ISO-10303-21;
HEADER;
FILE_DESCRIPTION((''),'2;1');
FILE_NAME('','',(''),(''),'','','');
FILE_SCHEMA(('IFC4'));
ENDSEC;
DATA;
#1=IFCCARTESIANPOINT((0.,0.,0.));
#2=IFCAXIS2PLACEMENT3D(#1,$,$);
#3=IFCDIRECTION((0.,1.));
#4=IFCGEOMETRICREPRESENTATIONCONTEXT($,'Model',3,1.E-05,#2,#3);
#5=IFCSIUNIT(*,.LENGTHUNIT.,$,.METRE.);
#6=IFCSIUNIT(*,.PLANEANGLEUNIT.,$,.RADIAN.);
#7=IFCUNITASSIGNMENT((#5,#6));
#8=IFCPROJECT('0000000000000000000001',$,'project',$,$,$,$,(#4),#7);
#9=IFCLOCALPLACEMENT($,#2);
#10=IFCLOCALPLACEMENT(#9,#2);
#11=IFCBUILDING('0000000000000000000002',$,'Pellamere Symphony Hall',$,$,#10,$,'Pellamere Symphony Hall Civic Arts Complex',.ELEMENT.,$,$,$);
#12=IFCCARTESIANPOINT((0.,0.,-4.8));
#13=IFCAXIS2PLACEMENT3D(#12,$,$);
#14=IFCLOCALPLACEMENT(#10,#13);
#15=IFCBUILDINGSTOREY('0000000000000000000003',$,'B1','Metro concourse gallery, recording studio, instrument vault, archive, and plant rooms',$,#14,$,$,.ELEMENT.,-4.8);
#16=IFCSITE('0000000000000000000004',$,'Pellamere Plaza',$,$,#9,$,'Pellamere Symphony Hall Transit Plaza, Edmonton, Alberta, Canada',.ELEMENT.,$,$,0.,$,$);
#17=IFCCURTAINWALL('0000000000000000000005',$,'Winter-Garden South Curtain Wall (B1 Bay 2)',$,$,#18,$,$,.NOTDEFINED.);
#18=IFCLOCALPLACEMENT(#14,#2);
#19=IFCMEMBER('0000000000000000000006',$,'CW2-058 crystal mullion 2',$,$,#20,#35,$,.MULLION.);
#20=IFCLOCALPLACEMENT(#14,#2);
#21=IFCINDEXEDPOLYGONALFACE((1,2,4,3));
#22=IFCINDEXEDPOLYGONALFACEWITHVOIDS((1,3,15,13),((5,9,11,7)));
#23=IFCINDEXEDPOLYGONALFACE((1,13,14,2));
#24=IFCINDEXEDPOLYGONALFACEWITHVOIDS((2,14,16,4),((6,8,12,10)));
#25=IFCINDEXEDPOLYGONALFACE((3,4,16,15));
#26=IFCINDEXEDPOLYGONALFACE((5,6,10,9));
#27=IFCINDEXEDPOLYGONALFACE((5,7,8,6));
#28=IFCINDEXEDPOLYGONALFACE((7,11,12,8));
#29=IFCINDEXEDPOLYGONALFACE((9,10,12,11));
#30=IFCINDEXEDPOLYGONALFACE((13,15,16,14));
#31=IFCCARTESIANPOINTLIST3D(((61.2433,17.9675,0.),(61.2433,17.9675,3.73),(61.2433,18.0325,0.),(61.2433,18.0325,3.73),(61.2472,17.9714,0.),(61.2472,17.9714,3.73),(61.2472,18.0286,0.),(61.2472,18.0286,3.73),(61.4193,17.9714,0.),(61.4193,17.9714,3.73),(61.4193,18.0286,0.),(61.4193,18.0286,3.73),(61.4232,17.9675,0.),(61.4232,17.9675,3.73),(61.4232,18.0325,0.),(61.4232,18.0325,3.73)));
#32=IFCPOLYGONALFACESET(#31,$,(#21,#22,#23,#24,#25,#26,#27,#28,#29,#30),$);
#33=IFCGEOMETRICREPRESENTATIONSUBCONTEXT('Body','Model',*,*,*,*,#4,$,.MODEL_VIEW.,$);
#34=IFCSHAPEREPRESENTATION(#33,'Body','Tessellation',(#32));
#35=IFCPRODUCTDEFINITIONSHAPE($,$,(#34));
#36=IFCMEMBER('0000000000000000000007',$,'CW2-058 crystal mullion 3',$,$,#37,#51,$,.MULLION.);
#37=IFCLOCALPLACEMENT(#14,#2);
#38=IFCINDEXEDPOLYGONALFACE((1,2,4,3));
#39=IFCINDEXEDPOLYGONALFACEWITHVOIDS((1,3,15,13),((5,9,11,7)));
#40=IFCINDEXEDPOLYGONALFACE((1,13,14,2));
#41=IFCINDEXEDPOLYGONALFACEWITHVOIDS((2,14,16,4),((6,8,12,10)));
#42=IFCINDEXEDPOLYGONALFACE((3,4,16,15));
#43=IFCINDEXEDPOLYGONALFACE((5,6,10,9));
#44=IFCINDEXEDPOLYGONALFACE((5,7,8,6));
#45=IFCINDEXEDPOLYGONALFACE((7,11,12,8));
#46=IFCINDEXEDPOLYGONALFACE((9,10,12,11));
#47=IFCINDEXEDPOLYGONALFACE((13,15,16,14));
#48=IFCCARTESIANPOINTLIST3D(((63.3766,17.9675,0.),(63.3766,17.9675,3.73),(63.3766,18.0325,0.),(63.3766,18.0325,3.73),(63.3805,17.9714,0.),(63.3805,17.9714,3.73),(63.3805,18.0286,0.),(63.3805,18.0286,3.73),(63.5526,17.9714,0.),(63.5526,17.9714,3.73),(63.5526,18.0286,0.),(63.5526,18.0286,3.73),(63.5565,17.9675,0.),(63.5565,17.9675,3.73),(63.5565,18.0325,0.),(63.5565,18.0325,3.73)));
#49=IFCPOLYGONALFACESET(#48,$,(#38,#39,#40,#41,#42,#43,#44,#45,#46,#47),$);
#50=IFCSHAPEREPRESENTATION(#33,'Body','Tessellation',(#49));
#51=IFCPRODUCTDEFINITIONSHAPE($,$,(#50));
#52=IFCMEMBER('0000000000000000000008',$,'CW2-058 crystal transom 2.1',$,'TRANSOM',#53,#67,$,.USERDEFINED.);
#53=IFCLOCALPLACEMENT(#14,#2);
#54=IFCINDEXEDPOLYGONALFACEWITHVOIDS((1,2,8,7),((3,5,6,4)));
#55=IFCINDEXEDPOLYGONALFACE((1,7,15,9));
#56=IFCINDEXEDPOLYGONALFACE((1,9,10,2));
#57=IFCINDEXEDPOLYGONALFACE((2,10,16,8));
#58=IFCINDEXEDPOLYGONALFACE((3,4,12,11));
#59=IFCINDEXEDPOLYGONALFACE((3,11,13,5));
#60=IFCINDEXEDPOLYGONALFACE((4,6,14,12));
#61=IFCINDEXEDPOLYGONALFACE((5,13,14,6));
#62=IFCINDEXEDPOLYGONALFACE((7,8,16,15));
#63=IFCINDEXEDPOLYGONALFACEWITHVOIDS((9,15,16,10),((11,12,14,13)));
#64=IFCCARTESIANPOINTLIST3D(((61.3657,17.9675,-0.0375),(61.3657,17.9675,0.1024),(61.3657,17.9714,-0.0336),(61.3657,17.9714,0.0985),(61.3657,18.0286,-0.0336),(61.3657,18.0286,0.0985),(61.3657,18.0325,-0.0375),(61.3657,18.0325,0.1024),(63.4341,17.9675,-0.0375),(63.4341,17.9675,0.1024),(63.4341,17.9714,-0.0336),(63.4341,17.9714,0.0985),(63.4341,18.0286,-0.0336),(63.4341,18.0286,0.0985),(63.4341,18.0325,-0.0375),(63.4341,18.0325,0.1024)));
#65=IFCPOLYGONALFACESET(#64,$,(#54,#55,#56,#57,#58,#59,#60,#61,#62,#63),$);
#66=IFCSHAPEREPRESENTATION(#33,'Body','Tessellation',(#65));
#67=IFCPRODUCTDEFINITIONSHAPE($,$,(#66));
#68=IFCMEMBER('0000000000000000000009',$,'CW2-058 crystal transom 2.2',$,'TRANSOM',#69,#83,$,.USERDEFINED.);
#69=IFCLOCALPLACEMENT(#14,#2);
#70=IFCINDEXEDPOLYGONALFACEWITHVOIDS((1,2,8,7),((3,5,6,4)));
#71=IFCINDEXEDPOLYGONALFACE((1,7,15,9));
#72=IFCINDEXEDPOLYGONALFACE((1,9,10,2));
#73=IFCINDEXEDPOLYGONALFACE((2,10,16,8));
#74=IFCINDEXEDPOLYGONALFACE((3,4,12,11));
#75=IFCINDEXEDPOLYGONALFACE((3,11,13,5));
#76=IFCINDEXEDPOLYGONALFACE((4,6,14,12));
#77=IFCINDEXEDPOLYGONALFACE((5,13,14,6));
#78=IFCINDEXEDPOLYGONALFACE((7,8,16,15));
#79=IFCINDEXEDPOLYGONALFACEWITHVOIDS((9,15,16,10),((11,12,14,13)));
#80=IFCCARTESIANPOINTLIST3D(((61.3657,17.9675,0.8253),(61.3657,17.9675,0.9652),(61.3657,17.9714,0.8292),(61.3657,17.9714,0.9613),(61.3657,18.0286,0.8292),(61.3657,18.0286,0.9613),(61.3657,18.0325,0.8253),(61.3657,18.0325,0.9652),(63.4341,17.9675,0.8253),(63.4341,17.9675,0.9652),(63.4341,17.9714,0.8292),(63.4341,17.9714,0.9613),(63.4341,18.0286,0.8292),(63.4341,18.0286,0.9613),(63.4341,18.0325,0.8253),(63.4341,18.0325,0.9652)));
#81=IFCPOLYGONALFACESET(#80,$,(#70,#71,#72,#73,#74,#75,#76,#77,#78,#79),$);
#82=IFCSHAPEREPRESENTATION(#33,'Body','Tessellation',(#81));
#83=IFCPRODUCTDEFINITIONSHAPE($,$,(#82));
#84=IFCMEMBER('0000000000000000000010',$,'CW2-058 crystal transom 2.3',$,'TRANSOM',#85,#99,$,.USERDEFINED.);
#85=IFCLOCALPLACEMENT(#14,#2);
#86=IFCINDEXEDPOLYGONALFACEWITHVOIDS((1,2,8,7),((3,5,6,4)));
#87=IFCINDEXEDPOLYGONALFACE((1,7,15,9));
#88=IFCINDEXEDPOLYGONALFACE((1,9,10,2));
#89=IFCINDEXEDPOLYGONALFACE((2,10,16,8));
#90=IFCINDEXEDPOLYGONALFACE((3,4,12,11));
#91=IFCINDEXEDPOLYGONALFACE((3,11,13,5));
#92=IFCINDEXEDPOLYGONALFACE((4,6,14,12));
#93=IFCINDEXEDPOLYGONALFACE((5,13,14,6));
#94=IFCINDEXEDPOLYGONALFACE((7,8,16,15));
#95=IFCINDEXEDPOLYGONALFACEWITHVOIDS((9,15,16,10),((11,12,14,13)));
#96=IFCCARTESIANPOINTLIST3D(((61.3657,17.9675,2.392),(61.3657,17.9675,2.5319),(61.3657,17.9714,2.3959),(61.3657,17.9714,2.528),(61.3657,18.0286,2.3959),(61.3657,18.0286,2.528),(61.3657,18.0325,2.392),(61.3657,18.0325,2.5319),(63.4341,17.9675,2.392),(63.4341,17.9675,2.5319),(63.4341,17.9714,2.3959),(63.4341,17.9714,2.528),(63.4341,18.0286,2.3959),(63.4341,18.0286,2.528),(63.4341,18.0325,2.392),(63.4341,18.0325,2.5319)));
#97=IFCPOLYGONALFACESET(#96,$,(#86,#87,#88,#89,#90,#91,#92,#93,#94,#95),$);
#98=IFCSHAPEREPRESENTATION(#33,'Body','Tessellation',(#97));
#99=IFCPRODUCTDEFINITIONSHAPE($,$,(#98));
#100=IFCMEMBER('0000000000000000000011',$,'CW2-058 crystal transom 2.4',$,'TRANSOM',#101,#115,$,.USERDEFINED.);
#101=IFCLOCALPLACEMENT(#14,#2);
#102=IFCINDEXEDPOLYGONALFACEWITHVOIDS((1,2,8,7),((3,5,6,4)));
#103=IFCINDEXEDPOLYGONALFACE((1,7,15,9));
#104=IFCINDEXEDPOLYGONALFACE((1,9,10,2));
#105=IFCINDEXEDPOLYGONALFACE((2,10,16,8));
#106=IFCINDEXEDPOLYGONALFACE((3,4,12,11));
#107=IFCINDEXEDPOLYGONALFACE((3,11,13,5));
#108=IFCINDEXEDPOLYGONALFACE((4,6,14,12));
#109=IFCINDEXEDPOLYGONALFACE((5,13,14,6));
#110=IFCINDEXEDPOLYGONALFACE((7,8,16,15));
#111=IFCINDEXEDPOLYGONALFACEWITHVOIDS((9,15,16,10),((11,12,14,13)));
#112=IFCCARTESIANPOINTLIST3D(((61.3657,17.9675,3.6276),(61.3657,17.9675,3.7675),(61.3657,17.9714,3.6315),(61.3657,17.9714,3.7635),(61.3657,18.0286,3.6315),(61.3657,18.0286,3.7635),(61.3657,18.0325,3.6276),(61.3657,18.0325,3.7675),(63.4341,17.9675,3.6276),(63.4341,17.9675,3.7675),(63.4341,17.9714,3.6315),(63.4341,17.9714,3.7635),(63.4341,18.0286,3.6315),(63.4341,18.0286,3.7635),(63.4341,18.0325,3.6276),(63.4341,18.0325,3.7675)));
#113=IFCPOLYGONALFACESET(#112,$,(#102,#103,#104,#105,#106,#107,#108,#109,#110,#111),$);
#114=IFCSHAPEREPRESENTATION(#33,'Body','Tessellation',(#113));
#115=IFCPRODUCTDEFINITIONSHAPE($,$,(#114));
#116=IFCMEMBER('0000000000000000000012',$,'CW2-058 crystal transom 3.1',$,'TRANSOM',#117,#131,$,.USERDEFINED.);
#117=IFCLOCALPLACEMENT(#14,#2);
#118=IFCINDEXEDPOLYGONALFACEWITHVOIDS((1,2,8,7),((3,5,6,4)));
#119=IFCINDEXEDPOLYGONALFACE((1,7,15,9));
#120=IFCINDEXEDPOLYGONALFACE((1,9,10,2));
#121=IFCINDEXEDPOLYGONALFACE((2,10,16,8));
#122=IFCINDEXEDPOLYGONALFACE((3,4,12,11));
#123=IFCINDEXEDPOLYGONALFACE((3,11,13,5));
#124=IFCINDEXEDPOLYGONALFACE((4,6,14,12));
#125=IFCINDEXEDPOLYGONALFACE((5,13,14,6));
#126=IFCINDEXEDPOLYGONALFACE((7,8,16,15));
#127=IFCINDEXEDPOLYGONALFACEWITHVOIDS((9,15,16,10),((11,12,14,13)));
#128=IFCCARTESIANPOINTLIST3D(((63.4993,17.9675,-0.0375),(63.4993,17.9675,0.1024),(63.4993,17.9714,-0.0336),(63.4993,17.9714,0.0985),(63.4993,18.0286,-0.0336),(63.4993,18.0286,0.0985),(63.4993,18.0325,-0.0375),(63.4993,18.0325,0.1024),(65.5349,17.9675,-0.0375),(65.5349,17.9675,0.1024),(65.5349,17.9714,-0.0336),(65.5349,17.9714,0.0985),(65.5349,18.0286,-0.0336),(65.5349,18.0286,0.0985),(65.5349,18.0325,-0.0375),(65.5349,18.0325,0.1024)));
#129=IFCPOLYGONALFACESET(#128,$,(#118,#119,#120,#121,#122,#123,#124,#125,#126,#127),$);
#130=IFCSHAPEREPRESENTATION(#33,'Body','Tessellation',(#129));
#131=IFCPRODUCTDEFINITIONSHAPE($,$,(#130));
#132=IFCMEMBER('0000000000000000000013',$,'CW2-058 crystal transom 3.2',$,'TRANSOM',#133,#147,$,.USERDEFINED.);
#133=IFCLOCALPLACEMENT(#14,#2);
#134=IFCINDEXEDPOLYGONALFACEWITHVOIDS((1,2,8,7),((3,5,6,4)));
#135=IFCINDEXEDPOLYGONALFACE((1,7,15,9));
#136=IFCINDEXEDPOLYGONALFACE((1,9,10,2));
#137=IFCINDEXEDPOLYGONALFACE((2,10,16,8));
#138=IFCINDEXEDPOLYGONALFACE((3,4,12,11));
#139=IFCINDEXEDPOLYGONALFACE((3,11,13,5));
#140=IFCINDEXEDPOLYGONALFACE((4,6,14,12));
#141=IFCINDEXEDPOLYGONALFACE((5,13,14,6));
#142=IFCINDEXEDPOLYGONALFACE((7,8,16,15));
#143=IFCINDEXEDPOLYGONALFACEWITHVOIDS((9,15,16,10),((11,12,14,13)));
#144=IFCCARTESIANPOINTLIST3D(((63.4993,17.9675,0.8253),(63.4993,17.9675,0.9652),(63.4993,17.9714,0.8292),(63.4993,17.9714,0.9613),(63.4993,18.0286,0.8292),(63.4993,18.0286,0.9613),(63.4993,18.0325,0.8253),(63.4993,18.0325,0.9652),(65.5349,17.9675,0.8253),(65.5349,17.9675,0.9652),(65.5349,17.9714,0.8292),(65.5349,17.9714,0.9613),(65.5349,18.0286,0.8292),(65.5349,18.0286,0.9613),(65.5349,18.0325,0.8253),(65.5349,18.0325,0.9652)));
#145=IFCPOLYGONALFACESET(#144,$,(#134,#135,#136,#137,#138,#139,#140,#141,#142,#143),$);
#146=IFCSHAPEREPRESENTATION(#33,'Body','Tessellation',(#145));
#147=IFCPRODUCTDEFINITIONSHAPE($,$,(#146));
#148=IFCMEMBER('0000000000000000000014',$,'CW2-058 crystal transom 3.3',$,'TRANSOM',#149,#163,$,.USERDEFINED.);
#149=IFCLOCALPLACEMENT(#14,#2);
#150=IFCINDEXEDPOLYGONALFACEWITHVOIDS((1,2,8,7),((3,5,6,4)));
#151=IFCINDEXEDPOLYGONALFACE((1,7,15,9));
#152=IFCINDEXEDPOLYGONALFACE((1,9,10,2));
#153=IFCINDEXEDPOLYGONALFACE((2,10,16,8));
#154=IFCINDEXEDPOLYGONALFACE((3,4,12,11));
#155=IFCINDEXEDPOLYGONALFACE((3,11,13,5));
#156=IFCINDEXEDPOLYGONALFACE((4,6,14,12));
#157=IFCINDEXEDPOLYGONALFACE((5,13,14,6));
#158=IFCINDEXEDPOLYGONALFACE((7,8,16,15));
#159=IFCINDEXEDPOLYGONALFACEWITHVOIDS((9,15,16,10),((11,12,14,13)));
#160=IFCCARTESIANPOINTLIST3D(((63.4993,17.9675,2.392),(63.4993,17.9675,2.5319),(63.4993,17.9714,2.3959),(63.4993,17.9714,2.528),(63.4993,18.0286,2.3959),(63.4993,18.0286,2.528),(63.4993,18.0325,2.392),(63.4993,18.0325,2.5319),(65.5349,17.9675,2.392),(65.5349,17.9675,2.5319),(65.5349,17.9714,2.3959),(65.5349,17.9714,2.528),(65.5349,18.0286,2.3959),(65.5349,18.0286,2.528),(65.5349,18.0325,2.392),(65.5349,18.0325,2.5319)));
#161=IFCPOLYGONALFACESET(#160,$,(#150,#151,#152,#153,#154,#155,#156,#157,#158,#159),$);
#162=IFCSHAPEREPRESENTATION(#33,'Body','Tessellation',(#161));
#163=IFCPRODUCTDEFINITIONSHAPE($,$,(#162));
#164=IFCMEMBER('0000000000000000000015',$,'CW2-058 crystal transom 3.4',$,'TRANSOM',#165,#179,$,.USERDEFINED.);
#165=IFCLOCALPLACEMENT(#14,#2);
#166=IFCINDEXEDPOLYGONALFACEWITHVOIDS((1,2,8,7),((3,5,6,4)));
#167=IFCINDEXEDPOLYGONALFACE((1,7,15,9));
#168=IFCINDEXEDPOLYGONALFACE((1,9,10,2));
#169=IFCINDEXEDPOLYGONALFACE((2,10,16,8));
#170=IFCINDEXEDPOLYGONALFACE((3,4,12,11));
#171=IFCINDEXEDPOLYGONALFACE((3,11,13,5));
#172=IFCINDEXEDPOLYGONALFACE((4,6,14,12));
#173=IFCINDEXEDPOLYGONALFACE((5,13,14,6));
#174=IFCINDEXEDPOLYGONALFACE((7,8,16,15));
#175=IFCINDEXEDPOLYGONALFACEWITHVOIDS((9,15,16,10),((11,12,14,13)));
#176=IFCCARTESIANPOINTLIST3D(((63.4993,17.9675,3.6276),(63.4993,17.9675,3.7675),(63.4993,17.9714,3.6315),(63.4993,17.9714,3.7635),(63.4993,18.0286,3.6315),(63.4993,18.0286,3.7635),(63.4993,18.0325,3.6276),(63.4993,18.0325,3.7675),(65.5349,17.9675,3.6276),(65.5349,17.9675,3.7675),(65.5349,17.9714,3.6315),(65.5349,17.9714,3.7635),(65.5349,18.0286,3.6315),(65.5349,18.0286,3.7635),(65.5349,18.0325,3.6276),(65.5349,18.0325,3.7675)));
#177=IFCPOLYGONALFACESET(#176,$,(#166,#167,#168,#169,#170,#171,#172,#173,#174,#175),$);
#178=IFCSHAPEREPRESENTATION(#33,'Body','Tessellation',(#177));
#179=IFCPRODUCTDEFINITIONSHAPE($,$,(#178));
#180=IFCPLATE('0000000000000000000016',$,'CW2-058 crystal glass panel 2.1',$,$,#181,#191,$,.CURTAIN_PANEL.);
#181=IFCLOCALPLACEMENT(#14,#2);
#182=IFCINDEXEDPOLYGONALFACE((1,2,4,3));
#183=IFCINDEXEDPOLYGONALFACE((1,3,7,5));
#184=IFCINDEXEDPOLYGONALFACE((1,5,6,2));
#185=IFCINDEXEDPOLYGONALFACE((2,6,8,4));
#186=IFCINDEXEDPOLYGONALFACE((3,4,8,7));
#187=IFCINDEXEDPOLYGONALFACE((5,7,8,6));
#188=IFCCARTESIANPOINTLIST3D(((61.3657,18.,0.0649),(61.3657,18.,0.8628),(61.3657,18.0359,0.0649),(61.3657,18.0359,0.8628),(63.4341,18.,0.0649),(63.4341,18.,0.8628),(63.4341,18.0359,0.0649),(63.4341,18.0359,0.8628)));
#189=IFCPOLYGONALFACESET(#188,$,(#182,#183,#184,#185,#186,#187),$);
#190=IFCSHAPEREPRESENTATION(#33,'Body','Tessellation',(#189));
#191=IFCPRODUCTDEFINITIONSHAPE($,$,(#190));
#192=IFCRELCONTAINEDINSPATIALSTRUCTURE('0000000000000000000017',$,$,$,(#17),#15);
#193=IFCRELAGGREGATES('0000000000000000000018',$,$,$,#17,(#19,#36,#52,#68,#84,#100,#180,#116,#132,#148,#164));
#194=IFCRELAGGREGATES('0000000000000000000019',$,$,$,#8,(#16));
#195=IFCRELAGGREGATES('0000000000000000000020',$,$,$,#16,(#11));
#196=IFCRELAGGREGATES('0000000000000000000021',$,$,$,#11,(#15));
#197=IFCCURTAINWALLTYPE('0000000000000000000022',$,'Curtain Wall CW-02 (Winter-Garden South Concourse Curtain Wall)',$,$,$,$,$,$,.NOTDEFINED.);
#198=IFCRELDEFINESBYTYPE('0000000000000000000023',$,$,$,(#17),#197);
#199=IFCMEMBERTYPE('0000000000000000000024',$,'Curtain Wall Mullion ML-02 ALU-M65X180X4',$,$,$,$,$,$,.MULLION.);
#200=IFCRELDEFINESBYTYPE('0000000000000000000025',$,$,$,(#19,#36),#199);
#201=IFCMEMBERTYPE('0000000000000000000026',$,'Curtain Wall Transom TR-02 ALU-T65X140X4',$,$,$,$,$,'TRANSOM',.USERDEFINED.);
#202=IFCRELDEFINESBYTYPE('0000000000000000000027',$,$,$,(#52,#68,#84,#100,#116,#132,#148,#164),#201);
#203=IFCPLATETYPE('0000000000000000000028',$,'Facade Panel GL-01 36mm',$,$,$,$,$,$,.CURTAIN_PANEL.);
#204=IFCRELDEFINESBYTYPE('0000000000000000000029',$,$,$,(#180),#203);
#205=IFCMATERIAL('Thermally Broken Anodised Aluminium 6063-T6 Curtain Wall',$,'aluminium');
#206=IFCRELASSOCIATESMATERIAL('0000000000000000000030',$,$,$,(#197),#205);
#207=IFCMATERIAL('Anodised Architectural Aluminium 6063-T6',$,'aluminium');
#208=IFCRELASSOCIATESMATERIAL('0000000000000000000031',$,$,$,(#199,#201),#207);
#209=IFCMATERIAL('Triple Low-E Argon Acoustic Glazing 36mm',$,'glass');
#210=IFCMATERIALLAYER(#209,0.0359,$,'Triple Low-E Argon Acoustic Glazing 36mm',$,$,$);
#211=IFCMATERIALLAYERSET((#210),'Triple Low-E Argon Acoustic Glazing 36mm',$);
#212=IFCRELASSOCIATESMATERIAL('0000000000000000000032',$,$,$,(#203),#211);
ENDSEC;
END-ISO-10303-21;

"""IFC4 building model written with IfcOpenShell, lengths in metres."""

from ifc_helpers import new_model, si_unit, direction, frame, origin, origin_2d, place, context, subcontext, project, spatial, polyline, hollow_rectangle, outline, extrude, material, layer, layer_set, material_profile, profile_set, type_object, element, aggregate, save


model = new_model("IFC4")

# Units and contexts
model_context = context("Model", 3, precision=1e-05, world=origin(), true_north=direction((0.0, 1.0)))
body_context = subcontext(model_context, "Body", "Model", "MODEL_VIEW")
ifc_project = project(units=[si_unit("LENGTHUNIT", "METRE"), si_unit("PLANEANGLEUNIT", "RADIAN")], contexts=[model_context])

# Site, building, storey
site_placement = place(None, origin())
site = spatial("IfcSite", under=ifc_project, at=site_placement, Name="Pellamere Plaza", LongName="Pellamere Symphony Hall Transit Plaza, Edmonton, Alberta, Canada", CompositionType="ELEMENT", RefElevation=0.0)
building_placement = place(site_placement, origin())
building = spatial("IfcBuilding", under=site, at=building_placement, Name="Pellamere Symphony Hall", LongName="Pellamere Symphony Hall Civic Arts Complex", CompositionType="ELEMENT")
storey_placement = place(building_placement, frame((0.0, 0.0, -4.8)))
storey = spatial("IfcBuildingStorey", under=building, at=storey_placement, Name="B1", Description="Metro concourse gallery, recording studio, instrument vault, archive, and plant rooms", CompositionType="ELEMENT", Elevation=-4.8)

# Curtain wall, members, plate
ifc_material_1 = material(Name="Thermally Broken Anodised Aluminium 6063-T6 Curtain Wall", Category="aluminium")
curtain_wall_type = type_object("IfcCurtainWallType", Name="Curtain Wall CW-02 (Winter-Garden South Concourse Curtain Wall)", PredefinedType="NOTDEFINED", material=ifc_material_1)
curtain_wall_placement = place(storey_placement, origin())
curtain_wall = element("IfcCurtainWall", 1, at=curtain_wall_placement, inside=storey, type_object=curtain_wall_type, Name="Winter-Garden South Curtain Wall (B1 Bay 2)", PredefinedType="NOTDEFINED")
ifc_material_2 = material(Name="Anodised Architectural Aluminium 6063-T6", Category="aluminium")
ifc_material_profile_1 = material_profile(ifc_material_2, hollow_rectangle(XDim=0.0649, YDim=0.1799, WallThickness=0.0039, at=origin_2d()), Name="ALU-M65X180X4")
ifc_profile_set_1 = profile_set([ifc_material_profile_1], Name="Anodised Architectural Aluminium 6063-T6")
member_type_1 = type_object("IfcMemberType", Name="Curtain Wall Mullion ML-02 ALU-M65X180X4", PredefinedType="MULLION", material=ifc_profile_set_1)
member_1_placement = place(storey_placement, frame((61.3333, 18.0, 0.0), z_axis=(0.0, 0.0, 1.0), x_axis=(0.0, 1.0, 0.0)))
member_1 = element("IfcMember", 2, at=member_1_placement, type_object=member_type_1, Name="CW2-058 crystal mullion 2", PredefinedType="MULLION", context=body_context, shape_type="SweptSolid", body=[
    extrude(hollow_rectangle(XDim=0.0649, YDim=0.1799, WallThickness=0.0039, at=origin_2d()), origin(), (0.0, 0.0, 1.0), 3.73),
])
member_2_placement = place(storey_placement, frame((63.4666, 18.0, 0.0), z_axis=(0.0, 0.0, 1.0), x_axis=(0.0, 1.0, 0.0)))
member_2 = element("IfcMember", 3, at=member_2_placement, type_object=member_type_1, Name="CW2-058 crystal mullion 3", PredefinedType="MULLION", context=body_context, shape_type="SweptSolid", body=[
    extrude(hollow_rectangle(XDim=0.0649, YDim=0.1799, WallThickness=0.0039, at=origin_2d()), origin(), (0.0, 0.0, 1.0), 3.73),
])
ifc_material_profile_2 = material_profile(ifc_material_2, hollow_rectangle(XDim=0.0649, YDim=0.1399, WallThickness=0.0039, at=origin_2d()), Name="ALU-T65X140X4")
ifc_profile_set_2 = profile_set([ifc_material_profile_2], Name="Anodised Architectural Aluminium 6063-T6")
member_type_2 = type_object("IfcMemberType", Name="Curtain Wall Transom TR-02 ALU-T65X140X4", ElementType="TRANSOM", PredefinedType="USERDEFINED", material=ifc_profile_set_2)
member_3_placement = place(storey_placement, frame((61.3657, 18.0, 0.0325), z_axis=(1.0, 0.0, 0.0), x_axis=(0.0, 1.0, 0.0)))
member_3 = element("IfcMember", 4, at=member_3_placement, type_object=member_type_2, Name="CW2-058 crystal transom 2.1", ObjectType="TRANSOM", PredefinedType="USERDEFINED", context=body_context, shape_type="SweptSolid", body=[
    extrude(hollow_rectangle(XDim=0.0649, YDim=0.1399, WallThickness=0.0039, at=origin_2d()), origin(), (0.0, 0.0, 1.0), 2.0684),
])
member_4_placement = place(storey_placement, frame((61.3657, 18.0, 0.8953), z_axis=(1.0, 0.0, 0.0), x_axis=(0.0, 1.0, 0.0)))
member_4 = element("IfcMember", 5, at=member_4_placement, type_object=member_type_2, Name="CW2-058 crystal transom 2.2", ObjectType="TRANSOM", PredefinedType="USERDEFINED", context=body_context, shape_type="SweptSolid", body=[
    extrude(hollow_rectangle(XDim=0.0649, YDim=0.1399, WallThickness=0.0039, at=origin_2d()), origin(), (0.0, 0.0, 1.0), 2.0684),
])
member_5_placement = place(storey_placement, frame((61.3657, 18.0, 2.4619), z_axis=(1.0, 0.0, 0.0), x_axis=(0.0, 1.0, 0.0)))
member_5 = element("IfcMember", 6, at=member_5_placement, type_object=member_type_2, Name="CW2-058 crystal transom 2.3", ObjectType="TRANSOM", PredefinedType="USERDEFINED", context=body_context, shape_type="SweptSolid", body=[
    extrude(hollow_rectangle(XDim=0.0649, YDim=0.1399, WallThickness=0.0039, at=origin_2d()), origin(), (0.0, 0.0, 1.0), 2.0684),
])
member_6_placement = place(storey_placement, frame((61.3657, 18.0, 3.6975), z_axis=(1.0, 0.0, 0.0), x_axis=(0.0, 1.0, 0.0)))
member_6 = element("IfcMember", 7, at=member_6_placement, type_object=member_type_2, Name="CW2-058 crystal transom 2.4", ObjectType="TRANSOM", PredefinedType="USERDEFINED", context=body_context, shape_type="SweptSolid", body=[
    extrude(hollow_rectangle(XDim=0.0649, YDim=0.1399, WallThickness=0.0039, at=origin_2d()), origin(), (0.0, 0.0, 1.0), 2.0684),
])
member_7_placement = place(storey_placement, frame((63.4993, 18.0, 0.0325), z_axis=(1.0, 0.0, 0.0), x_axis=(0.0, 1.0, 0.0)))
member_7 = element("IfcMember", 8, at=member_7_placement, type_object=member_type_2, Name="CW2-058 crystal transom 3.1", ObjectType="TRANSOM", PredefinedType="USERDEFINED", context=body_context, shape_type="SweptSolid", body=[
    extrude(hollow_rectangle(XDim=0.0649, YDim=0.1399, WallThickness=0.0039, at=origin_2d()), origin(), (0.0, 0.0, 1.0), 2.0356),
])
member_8_placement = place(storey_placement, frame((63.4993, 18.0, 0.8953), z_axis=(1.0, 0.0, 0.0), x_axis=(0.0, 1.0, 0.0)))
member_8 = element("IfcMember", 9, at=member_8_placement, type_object=member_type_2, Name="CW2-058 crystal transom 3.2", ObjectType="TRANSOM", PredefinedType="USERDEFINED", context=body_context, shape_type="SweptSolid", body=[
    extrude(hollow_rectangle(XDim=0.0649, YDim=0.1399, WallThickness=0.0039, at=origin_2d()), origin(), (0.0, 0.0, 1.0), 2.0356),
])
member_9_placement = place(storey_placement, frame((63.4993, 18.0, 2.4619), z_axis=(1.0, 0.0, 0.0), x_axis=(0.0, 1.0, 0.0)))
member_9 = element("IfcMember", 10, at=member_9_placement, type_object=member_type_2, Name="CW2-058 crystal transom 3.3", ObjectType="TRANSOM", PredefinedType="USERDEFINED", context=body_context, shape_type="SweptSolid", body=[
    extrude(hollow_rectangle(XDim=0.0649, YDim=0.1399, WallThickness=0.0039, at=origin_2d()), origin(), (0.0, 0.0, 1.0), 2.0356),
])
member_10_placement = place(storey_placement, frame((63.4993, 18.0, 3.6975), z_axis=(1.0, 0.0, 0.0), x_axis=(0.0, 1.0, 0.0)))
member_10 = element("IfcMember", 11, at=member_10_placement, type_object=member_type_2, Name="CW2-058 crystal transom 3.4", ObjectType="TRANSOM", PredefinedType="USERDEFINED", context=body_context, shape_type="SweptSolid", body=[
    extrude(hollow_rectangle(XDim=0.0649, YDim=0.1399, WallThickness=0.0039, at=origin_2d()), origin(), (0.0, 0.0, 1.0), 2.0356),
])
ifc_material_3 = material(Name="Triple Low-E Argon Acoustic Glazing 36mm", Category="glass")
ifc_layer_1 = layer(ifc_material_3, 0.0359, Name="Triple Low-E Argon Acoustic Glazing 36mm")
ifc_layer_set_1 = layer_set([ifc_layer_1], Name="Triple Low-E Argon Acoustic Glazing 36mm")
plate_type = type_object("IfcPlateType", Name="Facade Panel GL-01 36mm", PredefinedType="CURTAIN_PANEL", material=ifc_layer_set_1)
plate_1_placement = place(storey_placement, frame((61.3657, 18.0, 0.0649), z_axis=(0.0, -1.0, 0.0), x_axis=(1.0, 0.0, 0.0)))
plate_1 = element("IfcPlate", 12, at=plate_1_placement, type_object=plate_type, Name="CW2-058 crystal glass panel 2.1", PredefinedType="CURTAIN_PANEL", context=body_context, shape_type="SweptSolid", body=[
    extrude(outline(polyline([(0.0, 0.0), (2.0684, 0.0), (2.0684, 0.7979), (0.0, 0.7979), (0.0, 0.0)])), origin(), (0.0, 0.0, -1.0), 0.0359),
])
aggregate(curtain_wall, [member_1, member_2, member_3, member_4, member_5, member_6, plate_1, member_7, member_8, member_9, member_10])

save(model, "model.ifc")
